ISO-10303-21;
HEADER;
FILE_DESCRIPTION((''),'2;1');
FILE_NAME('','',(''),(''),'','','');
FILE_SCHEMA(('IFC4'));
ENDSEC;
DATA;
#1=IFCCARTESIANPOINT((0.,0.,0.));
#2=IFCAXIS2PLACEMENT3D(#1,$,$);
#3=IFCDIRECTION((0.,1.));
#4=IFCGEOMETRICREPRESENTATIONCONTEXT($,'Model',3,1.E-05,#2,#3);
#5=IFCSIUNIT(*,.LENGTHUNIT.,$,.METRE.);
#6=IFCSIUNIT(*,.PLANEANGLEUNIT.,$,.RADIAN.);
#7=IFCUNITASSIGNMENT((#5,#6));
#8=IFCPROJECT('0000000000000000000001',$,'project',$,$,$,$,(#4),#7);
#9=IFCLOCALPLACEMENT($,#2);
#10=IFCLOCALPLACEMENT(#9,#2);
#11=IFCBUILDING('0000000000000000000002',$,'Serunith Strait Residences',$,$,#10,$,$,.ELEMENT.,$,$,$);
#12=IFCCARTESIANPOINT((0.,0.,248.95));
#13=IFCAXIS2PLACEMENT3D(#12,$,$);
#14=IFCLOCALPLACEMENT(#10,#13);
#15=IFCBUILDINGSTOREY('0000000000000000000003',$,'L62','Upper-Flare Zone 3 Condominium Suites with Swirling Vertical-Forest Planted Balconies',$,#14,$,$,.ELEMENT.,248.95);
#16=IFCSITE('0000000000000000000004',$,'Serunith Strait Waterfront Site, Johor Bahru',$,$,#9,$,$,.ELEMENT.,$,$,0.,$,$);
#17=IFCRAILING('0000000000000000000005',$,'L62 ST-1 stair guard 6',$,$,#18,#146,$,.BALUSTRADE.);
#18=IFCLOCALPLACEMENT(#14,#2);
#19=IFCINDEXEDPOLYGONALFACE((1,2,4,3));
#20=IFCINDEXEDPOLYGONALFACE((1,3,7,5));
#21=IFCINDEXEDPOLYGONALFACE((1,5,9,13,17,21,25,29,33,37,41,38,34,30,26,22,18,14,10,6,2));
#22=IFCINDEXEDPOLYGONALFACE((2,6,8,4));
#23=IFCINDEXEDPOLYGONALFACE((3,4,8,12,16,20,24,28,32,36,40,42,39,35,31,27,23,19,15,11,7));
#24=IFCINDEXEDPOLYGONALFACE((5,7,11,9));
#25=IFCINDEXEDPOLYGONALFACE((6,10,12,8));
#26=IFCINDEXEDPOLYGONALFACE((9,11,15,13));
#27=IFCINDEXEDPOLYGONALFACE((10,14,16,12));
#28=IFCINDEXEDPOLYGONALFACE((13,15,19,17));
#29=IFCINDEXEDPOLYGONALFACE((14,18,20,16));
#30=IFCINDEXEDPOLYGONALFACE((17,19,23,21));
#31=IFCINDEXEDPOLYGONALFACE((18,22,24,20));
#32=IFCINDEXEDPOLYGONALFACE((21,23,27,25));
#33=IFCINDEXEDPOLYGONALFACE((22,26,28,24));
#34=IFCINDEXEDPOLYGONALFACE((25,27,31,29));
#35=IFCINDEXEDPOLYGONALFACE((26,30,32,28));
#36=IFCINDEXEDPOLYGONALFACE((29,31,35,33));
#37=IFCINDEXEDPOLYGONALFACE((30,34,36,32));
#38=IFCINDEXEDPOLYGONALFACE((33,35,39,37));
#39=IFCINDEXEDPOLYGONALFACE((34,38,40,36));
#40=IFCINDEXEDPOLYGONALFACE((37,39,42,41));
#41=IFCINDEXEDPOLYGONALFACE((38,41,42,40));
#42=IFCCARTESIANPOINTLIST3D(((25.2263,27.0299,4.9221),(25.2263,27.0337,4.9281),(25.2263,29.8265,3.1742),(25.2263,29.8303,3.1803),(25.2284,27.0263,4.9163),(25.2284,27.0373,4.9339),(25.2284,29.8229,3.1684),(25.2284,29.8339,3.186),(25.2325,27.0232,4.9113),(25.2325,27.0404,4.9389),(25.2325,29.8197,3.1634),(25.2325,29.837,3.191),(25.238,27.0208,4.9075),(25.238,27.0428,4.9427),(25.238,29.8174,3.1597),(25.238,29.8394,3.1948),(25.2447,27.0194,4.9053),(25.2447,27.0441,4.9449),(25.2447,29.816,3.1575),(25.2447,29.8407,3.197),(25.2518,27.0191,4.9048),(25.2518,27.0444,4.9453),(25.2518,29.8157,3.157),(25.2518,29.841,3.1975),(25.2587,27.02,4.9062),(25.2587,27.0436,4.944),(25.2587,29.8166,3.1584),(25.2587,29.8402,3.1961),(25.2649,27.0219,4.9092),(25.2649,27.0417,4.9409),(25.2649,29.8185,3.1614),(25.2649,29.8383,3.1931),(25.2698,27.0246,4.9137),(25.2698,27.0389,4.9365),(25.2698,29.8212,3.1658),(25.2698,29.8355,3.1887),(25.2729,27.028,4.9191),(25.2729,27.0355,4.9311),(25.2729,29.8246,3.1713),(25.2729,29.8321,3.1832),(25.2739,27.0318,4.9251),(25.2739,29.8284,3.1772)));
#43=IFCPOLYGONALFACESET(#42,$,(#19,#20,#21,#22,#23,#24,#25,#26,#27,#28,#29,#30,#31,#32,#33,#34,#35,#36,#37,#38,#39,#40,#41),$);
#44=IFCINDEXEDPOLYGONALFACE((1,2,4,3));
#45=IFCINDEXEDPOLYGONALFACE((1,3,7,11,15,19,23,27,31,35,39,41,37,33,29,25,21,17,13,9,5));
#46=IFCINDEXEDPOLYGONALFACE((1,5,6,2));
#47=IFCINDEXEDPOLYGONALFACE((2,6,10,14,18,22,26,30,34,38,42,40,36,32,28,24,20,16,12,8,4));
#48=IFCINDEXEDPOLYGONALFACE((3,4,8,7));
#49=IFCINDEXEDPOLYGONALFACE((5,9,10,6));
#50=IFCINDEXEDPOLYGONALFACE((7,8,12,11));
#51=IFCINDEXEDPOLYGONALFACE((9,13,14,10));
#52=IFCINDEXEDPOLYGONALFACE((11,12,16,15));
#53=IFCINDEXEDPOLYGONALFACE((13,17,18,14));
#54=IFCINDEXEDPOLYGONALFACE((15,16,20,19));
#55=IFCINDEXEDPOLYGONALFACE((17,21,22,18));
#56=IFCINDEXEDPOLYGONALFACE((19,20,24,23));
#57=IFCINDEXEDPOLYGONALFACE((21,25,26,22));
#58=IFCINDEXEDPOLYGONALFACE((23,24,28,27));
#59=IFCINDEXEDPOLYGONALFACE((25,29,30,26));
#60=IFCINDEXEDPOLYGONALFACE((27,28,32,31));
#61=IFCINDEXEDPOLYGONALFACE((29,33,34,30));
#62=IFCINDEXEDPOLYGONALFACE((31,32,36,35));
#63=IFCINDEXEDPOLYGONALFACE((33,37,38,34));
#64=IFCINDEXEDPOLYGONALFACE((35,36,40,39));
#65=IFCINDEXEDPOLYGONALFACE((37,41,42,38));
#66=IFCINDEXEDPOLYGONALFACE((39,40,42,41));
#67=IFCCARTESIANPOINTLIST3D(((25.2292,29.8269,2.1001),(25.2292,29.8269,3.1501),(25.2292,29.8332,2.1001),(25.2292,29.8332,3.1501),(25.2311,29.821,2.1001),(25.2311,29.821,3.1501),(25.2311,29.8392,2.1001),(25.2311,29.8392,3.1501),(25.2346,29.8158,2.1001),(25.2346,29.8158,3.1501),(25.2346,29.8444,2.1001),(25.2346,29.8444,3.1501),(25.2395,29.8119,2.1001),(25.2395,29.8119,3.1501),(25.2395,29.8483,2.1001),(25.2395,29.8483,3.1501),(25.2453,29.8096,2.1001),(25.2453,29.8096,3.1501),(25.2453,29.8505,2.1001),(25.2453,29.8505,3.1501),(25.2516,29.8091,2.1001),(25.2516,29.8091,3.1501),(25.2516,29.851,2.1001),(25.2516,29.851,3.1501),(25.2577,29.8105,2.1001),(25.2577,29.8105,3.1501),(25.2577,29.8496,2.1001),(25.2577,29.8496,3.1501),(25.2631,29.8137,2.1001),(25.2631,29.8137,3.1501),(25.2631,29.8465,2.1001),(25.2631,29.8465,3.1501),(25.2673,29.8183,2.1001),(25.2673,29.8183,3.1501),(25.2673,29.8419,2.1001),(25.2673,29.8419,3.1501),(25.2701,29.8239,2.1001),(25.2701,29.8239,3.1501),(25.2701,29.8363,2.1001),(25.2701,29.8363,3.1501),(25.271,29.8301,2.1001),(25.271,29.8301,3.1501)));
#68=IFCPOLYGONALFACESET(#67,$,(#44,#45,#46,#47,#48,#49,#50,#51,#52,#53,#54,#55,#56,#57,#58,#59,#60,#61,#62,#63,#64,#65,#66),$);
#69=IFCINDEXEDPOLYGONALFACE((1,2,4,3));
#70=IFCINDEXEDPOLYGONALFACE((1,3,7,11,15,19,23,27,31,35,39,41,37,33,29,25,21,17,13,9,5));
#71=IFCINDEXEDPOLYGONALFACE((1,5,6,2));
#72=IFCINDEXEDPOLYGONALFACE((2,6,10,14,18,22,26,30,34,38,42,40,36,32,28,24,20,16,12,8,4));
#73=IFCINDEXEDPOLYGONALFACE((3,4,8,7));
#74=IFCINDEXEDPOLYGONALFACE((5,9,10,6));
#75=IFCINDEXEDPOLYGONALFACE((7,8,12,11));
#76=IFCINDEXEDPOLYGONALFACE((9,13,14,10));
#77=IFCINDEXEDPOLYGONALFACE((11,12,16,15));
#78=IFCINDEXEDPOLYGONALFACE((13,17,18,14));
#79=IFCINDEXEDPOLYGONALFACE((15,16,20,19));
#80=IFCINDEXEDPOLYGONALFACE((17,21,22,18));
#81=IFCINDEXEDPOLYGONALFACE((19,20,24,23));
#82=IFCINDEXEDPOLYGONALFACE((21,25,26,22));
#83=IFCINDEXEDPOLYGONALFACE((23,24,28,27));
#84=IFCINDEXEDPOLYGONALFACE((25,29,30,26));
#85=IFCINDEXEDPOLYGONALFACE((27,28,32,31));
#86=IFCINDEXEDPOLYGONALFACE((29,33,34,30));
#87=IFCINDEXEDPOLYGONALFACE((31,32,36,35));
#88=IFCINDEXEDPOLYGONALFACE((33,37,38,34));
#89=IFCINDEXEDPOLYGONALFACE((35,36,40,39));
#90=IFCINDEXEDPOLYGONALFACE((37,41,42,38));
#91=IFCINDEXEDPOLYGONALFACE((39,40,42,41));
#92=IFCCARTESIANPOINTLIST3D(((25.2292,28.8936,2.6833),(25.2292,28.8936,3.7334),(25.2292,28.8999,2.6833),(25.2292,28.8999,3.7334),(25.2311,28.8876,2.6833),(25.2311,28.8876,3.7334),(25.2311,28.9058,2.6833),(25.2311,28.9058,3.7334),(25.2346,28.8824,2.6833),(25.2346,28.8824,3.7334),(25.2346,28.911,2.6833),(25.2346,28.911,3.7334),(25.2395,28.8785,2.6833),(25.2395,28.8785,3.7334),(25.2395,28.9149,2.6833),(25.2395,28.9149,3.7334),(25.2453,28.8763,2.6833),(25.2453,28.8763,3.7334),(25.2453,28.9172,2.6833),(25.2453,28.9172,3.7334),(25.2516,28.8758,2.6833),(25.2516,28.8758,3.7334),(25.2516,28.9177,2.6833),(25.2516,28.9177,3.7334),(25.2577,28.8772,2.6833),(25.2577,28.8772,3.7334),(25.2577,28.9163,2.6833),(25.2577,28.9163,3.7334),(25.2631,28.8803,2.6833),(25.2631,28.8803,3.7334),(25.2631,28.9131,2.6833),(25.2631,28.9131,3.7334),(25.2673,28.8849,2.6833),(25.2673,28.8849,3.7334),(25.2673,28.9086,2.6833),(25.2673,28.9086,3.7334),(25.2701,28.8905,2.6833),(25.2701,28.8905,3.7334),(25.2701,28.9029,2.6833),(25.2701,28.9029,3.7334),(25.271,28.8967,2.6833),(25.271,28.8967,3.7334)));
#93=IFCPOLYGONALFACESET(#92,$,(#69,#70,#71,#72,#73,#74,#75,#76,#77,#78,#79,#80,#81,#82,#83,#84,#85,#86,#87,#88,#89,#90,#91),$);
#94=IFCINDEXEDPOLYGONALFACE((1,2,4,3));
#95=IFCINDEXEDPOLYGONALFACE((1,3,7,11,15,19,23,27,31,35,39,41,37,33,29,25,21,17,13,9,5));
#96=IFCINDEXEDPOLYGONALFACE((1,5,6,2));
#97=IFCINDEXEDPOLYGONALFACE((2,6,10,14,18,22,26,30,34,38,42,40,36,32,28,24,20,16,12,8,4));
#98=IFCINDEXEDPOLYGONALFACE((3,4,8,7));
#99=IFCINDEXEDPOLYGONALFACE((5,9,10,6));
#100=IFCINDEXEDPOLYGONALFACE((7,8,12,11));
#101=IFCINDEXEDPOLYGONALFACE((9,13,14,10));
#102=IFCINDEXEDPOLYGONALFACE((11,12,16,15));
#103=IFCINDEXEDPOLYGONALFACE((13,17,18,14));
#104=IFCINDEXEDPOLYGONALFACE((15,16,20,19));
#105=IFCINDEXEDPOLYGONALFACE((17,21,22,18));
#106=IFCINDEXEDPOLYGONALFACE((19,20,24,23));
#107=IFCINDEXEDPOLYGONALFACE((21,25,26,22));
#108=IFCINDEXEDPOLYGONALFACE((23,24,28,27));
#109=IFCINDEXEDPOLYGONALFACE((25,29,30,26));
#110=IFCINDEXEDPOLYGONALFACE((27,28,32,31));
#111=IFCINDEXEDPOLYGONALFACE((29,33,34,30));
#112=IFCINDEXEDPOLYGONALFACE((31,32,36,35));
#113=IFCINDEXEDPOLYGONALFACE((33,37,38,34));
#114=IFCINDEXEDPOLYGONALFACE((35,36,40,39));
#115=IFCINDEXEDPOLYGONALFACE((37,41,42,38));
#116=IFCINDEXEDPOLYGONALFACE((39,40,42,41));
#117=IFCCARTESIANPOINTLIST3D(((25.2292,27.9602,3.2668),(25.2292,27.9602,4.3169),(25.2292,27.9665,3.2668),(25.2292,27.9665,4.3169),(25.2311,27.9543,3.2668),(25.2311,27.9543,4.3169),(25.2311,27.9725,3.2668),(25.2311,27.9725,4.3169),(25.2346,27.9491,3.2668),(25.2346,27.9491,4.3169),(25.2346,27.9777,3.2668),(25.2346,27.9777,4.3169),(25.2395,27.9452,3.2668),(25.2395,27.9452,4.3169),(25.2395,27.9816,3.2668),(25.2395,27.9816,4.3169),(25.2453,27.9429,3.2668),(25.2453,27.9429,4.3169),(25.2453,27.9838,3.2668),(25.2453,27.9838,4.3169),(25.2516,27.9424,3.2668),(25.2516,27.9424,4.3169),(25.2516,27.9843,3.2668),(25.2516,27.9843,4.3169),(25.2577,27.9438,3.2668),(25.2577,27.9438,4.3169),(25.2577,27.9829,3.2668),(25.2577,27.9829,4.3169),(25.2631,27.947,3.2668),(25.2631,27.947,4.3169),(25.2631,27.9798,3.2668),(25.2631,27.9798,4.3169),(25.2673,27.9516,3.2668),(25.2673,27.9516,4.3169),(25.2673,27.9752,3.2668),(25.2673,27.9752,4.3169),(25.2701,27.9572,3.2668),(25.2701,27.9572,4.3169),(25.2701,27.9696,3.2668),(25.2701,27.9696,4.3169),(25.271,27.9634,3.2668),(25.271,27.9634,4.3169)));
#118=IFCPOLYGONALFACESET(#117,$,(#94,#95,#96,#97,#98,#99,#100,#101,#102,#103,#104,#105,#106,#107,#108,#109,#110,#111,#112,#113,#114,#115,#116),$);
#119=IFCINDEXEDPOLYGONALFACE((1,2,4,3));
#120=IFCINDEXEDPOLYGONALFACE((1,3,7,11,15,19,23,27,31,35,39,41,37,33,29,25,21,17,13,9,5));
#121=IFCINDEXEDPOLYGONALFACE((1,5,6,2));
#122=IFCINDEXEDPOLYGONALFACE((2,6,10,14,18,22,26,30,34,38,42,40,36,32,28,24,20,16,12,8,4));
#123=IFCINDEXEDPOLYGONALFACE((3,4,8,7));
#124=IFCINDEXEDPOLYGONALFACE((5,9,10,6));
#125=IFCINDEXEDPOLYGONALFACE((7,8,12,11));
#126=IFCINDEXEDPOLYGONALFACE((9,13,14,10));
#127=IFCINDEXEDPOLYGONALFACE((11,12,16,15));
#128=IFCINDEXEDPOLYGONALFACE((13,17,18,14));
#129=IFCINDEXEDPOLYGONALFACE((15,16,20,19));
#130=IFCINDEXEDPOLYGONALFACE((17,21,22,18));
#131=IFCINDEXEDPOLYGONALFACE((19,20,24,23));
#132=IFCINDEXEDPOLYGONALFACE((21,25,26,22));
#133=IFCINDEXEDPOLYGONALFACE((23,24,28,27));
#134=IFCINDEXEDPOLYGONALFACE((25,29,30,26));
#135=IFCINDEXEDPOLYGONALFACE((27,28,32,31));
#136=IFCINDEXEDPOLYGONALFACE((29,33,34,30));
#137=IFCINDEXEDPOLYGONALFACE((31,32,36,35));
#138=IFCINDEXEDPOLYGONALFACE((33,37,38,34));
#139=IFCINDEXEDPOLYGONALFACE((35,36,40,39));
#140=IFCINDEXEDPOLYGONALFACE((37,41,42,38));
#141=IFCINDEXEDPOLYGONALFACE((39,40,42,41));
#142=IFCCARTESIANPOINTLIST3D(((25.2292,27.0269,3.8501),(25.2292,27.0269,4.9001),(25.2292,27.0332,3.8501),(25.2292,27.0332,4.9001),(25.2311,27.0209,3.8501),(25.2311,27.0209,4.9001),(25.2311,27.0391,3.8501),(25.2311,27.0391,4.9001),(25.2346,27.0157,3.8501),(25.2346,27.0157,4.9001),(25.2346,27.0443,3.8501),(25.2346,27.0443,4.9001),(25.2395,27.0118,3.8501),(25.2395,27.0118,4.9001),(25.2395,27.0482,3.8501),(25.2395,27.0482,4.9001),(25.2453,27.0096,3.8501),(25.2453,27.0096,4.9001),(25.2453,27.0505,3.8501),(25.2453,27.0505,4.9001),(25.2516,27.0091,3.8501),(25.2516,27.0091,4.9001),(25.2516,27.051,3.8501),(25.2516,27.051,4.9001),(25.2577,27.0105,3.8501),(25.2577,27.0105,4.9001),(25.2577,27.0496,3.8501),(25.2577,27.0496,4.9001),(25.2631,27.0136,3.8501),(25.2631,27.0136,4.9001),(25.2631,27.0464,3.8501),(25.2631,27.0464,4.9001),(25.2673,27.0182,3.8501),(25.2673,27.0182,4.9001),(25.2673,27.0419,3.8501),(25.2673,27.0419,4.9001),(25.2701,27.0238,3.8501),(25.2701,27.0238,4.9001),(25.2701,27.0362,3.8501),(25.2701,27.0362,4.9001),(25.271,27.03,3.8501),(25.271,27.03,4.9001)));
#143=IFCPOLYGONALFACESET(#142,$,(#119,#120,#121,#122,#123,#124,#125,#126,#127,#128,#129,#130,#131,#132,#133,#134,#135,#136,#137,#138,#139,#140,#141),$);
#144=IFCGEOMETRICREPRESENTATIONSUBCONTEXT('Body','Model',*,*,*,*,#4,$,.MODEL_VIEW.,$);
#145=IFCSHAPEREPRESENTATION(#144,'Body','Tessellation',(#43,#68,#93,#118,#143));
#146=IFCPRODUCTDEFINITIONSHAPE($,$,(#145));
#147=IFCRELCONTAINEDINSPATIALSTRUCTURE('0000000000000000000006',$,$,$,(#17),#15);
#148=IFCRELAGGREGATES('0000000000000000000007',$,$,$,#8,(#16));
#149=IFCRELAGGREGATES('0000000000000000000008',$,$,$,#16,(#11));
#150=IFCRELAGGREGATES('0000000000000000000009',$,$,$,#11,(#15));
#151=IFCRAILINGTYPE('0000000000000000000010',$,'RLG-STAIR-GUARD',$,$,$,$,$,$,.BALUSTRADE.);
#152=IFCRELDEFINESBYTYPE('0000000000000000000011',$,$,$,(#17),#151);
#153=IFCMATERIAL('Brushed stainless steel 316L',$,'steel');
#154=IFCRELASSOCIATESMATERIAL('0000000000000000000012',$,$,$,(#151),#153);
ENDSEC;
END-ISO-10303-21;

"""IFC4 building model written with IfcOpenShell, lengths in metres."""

from ifc_helpers import new_model, si_unit, direction, frame, origin, origin_2d, place, context, subcontext, project, spatial, circle, extrude, material, type_object, element, save


model = new_model("IFC4")

# Units and contexts
model_context = context("Model", 3, precision=1e-05, world=origin(), true_north=direction((0.0, 1.0)))
body_context = subcontext(model_context, "Body", "Model", "MODEL_VIEW")
ifc_project = project(units=[si_unit("LENGTHUNIT", "METRE"), si_unit("PLANEANGLEUNIT", "RADIAN")], contexts=[model_context])

# Site, building, storey
site_placement = place(None, origin())
site = spatial("IfcSite", under=ifc_project, at=site_placement, Name="Serunith Strait Waterfront Site, Johor Bahru", CompositionType="ELEMENT", RefElevation=0.0)
building_placement = place(site_placement, origin())
building = spatial("IfcBuilding", under=site, at=building_placement, Name="Serunith Strait Residences", CompositionType="ELEMENT")
storey_placement = place(building_placement, frame((0.0, 0.0, 248.95)))
storey = spatial("IfcBuildingStorey", under=building, at=storey_placement, Name="L62", Description="Upper-Flare Zone 3 Condominium Suites with Swirling Vertical-Forest Planted Balconies", CompositionType="ELEMENT", Elevation=248.95)

# Railing
ifc_material_1 = material(Name="Brushed stainless steel 316L", Category="steel")
railing_type_1 = type_object("IfcRailingType", Name="RLG-STAIR-GUARD", PredefinedType="BALUSTRADE", material=ifc_material_1)
railing_1_placement = place(storey_placement, frame((25.25, 29.8301, 2.1001)))
element("IfcRailing", 1, at=railing_1_placement, inside=storey, type_object=railing_type_1, Name="L62 ST-1 stair guard 6", PredefinedType="BALUSTRADE", context=body_context, shape_type="SweptSolid", body=[
    extrude(circle(Radius=0.0239, at=origin_2d()), frame((0.0, -0.0017, 1.0771), z_axis=(0.0, -0.848002, 0.529992), x_axis=(1.0, 0.0, 0.0)), (0.0, 0.0, 1.0), 3.2979),
    extrude(circle(Radius=0.021, at=origin_2d()), origin(), (0.0, 0.0, 1.0), 1.05),
    extrude(circle(Radius=0.021, at=origin_2d()), frame((0.0, -0.9333, 0.5833)), (0.0, 0.0, 1.0), 1.05),
    extrude(circle(Radius=0.021, at=origin_2d()), frame((0.0, -1.8667, 1.1667)), (0.0, 0.0, 1.0), 1.05),
    extrude(circle(Radius=0.021, at=origin_2d()), frame((0.0, -2.8, 1.75)), (0.0, 0.0, 1.0), 1.05),
])

save(model, "model.ifc")
